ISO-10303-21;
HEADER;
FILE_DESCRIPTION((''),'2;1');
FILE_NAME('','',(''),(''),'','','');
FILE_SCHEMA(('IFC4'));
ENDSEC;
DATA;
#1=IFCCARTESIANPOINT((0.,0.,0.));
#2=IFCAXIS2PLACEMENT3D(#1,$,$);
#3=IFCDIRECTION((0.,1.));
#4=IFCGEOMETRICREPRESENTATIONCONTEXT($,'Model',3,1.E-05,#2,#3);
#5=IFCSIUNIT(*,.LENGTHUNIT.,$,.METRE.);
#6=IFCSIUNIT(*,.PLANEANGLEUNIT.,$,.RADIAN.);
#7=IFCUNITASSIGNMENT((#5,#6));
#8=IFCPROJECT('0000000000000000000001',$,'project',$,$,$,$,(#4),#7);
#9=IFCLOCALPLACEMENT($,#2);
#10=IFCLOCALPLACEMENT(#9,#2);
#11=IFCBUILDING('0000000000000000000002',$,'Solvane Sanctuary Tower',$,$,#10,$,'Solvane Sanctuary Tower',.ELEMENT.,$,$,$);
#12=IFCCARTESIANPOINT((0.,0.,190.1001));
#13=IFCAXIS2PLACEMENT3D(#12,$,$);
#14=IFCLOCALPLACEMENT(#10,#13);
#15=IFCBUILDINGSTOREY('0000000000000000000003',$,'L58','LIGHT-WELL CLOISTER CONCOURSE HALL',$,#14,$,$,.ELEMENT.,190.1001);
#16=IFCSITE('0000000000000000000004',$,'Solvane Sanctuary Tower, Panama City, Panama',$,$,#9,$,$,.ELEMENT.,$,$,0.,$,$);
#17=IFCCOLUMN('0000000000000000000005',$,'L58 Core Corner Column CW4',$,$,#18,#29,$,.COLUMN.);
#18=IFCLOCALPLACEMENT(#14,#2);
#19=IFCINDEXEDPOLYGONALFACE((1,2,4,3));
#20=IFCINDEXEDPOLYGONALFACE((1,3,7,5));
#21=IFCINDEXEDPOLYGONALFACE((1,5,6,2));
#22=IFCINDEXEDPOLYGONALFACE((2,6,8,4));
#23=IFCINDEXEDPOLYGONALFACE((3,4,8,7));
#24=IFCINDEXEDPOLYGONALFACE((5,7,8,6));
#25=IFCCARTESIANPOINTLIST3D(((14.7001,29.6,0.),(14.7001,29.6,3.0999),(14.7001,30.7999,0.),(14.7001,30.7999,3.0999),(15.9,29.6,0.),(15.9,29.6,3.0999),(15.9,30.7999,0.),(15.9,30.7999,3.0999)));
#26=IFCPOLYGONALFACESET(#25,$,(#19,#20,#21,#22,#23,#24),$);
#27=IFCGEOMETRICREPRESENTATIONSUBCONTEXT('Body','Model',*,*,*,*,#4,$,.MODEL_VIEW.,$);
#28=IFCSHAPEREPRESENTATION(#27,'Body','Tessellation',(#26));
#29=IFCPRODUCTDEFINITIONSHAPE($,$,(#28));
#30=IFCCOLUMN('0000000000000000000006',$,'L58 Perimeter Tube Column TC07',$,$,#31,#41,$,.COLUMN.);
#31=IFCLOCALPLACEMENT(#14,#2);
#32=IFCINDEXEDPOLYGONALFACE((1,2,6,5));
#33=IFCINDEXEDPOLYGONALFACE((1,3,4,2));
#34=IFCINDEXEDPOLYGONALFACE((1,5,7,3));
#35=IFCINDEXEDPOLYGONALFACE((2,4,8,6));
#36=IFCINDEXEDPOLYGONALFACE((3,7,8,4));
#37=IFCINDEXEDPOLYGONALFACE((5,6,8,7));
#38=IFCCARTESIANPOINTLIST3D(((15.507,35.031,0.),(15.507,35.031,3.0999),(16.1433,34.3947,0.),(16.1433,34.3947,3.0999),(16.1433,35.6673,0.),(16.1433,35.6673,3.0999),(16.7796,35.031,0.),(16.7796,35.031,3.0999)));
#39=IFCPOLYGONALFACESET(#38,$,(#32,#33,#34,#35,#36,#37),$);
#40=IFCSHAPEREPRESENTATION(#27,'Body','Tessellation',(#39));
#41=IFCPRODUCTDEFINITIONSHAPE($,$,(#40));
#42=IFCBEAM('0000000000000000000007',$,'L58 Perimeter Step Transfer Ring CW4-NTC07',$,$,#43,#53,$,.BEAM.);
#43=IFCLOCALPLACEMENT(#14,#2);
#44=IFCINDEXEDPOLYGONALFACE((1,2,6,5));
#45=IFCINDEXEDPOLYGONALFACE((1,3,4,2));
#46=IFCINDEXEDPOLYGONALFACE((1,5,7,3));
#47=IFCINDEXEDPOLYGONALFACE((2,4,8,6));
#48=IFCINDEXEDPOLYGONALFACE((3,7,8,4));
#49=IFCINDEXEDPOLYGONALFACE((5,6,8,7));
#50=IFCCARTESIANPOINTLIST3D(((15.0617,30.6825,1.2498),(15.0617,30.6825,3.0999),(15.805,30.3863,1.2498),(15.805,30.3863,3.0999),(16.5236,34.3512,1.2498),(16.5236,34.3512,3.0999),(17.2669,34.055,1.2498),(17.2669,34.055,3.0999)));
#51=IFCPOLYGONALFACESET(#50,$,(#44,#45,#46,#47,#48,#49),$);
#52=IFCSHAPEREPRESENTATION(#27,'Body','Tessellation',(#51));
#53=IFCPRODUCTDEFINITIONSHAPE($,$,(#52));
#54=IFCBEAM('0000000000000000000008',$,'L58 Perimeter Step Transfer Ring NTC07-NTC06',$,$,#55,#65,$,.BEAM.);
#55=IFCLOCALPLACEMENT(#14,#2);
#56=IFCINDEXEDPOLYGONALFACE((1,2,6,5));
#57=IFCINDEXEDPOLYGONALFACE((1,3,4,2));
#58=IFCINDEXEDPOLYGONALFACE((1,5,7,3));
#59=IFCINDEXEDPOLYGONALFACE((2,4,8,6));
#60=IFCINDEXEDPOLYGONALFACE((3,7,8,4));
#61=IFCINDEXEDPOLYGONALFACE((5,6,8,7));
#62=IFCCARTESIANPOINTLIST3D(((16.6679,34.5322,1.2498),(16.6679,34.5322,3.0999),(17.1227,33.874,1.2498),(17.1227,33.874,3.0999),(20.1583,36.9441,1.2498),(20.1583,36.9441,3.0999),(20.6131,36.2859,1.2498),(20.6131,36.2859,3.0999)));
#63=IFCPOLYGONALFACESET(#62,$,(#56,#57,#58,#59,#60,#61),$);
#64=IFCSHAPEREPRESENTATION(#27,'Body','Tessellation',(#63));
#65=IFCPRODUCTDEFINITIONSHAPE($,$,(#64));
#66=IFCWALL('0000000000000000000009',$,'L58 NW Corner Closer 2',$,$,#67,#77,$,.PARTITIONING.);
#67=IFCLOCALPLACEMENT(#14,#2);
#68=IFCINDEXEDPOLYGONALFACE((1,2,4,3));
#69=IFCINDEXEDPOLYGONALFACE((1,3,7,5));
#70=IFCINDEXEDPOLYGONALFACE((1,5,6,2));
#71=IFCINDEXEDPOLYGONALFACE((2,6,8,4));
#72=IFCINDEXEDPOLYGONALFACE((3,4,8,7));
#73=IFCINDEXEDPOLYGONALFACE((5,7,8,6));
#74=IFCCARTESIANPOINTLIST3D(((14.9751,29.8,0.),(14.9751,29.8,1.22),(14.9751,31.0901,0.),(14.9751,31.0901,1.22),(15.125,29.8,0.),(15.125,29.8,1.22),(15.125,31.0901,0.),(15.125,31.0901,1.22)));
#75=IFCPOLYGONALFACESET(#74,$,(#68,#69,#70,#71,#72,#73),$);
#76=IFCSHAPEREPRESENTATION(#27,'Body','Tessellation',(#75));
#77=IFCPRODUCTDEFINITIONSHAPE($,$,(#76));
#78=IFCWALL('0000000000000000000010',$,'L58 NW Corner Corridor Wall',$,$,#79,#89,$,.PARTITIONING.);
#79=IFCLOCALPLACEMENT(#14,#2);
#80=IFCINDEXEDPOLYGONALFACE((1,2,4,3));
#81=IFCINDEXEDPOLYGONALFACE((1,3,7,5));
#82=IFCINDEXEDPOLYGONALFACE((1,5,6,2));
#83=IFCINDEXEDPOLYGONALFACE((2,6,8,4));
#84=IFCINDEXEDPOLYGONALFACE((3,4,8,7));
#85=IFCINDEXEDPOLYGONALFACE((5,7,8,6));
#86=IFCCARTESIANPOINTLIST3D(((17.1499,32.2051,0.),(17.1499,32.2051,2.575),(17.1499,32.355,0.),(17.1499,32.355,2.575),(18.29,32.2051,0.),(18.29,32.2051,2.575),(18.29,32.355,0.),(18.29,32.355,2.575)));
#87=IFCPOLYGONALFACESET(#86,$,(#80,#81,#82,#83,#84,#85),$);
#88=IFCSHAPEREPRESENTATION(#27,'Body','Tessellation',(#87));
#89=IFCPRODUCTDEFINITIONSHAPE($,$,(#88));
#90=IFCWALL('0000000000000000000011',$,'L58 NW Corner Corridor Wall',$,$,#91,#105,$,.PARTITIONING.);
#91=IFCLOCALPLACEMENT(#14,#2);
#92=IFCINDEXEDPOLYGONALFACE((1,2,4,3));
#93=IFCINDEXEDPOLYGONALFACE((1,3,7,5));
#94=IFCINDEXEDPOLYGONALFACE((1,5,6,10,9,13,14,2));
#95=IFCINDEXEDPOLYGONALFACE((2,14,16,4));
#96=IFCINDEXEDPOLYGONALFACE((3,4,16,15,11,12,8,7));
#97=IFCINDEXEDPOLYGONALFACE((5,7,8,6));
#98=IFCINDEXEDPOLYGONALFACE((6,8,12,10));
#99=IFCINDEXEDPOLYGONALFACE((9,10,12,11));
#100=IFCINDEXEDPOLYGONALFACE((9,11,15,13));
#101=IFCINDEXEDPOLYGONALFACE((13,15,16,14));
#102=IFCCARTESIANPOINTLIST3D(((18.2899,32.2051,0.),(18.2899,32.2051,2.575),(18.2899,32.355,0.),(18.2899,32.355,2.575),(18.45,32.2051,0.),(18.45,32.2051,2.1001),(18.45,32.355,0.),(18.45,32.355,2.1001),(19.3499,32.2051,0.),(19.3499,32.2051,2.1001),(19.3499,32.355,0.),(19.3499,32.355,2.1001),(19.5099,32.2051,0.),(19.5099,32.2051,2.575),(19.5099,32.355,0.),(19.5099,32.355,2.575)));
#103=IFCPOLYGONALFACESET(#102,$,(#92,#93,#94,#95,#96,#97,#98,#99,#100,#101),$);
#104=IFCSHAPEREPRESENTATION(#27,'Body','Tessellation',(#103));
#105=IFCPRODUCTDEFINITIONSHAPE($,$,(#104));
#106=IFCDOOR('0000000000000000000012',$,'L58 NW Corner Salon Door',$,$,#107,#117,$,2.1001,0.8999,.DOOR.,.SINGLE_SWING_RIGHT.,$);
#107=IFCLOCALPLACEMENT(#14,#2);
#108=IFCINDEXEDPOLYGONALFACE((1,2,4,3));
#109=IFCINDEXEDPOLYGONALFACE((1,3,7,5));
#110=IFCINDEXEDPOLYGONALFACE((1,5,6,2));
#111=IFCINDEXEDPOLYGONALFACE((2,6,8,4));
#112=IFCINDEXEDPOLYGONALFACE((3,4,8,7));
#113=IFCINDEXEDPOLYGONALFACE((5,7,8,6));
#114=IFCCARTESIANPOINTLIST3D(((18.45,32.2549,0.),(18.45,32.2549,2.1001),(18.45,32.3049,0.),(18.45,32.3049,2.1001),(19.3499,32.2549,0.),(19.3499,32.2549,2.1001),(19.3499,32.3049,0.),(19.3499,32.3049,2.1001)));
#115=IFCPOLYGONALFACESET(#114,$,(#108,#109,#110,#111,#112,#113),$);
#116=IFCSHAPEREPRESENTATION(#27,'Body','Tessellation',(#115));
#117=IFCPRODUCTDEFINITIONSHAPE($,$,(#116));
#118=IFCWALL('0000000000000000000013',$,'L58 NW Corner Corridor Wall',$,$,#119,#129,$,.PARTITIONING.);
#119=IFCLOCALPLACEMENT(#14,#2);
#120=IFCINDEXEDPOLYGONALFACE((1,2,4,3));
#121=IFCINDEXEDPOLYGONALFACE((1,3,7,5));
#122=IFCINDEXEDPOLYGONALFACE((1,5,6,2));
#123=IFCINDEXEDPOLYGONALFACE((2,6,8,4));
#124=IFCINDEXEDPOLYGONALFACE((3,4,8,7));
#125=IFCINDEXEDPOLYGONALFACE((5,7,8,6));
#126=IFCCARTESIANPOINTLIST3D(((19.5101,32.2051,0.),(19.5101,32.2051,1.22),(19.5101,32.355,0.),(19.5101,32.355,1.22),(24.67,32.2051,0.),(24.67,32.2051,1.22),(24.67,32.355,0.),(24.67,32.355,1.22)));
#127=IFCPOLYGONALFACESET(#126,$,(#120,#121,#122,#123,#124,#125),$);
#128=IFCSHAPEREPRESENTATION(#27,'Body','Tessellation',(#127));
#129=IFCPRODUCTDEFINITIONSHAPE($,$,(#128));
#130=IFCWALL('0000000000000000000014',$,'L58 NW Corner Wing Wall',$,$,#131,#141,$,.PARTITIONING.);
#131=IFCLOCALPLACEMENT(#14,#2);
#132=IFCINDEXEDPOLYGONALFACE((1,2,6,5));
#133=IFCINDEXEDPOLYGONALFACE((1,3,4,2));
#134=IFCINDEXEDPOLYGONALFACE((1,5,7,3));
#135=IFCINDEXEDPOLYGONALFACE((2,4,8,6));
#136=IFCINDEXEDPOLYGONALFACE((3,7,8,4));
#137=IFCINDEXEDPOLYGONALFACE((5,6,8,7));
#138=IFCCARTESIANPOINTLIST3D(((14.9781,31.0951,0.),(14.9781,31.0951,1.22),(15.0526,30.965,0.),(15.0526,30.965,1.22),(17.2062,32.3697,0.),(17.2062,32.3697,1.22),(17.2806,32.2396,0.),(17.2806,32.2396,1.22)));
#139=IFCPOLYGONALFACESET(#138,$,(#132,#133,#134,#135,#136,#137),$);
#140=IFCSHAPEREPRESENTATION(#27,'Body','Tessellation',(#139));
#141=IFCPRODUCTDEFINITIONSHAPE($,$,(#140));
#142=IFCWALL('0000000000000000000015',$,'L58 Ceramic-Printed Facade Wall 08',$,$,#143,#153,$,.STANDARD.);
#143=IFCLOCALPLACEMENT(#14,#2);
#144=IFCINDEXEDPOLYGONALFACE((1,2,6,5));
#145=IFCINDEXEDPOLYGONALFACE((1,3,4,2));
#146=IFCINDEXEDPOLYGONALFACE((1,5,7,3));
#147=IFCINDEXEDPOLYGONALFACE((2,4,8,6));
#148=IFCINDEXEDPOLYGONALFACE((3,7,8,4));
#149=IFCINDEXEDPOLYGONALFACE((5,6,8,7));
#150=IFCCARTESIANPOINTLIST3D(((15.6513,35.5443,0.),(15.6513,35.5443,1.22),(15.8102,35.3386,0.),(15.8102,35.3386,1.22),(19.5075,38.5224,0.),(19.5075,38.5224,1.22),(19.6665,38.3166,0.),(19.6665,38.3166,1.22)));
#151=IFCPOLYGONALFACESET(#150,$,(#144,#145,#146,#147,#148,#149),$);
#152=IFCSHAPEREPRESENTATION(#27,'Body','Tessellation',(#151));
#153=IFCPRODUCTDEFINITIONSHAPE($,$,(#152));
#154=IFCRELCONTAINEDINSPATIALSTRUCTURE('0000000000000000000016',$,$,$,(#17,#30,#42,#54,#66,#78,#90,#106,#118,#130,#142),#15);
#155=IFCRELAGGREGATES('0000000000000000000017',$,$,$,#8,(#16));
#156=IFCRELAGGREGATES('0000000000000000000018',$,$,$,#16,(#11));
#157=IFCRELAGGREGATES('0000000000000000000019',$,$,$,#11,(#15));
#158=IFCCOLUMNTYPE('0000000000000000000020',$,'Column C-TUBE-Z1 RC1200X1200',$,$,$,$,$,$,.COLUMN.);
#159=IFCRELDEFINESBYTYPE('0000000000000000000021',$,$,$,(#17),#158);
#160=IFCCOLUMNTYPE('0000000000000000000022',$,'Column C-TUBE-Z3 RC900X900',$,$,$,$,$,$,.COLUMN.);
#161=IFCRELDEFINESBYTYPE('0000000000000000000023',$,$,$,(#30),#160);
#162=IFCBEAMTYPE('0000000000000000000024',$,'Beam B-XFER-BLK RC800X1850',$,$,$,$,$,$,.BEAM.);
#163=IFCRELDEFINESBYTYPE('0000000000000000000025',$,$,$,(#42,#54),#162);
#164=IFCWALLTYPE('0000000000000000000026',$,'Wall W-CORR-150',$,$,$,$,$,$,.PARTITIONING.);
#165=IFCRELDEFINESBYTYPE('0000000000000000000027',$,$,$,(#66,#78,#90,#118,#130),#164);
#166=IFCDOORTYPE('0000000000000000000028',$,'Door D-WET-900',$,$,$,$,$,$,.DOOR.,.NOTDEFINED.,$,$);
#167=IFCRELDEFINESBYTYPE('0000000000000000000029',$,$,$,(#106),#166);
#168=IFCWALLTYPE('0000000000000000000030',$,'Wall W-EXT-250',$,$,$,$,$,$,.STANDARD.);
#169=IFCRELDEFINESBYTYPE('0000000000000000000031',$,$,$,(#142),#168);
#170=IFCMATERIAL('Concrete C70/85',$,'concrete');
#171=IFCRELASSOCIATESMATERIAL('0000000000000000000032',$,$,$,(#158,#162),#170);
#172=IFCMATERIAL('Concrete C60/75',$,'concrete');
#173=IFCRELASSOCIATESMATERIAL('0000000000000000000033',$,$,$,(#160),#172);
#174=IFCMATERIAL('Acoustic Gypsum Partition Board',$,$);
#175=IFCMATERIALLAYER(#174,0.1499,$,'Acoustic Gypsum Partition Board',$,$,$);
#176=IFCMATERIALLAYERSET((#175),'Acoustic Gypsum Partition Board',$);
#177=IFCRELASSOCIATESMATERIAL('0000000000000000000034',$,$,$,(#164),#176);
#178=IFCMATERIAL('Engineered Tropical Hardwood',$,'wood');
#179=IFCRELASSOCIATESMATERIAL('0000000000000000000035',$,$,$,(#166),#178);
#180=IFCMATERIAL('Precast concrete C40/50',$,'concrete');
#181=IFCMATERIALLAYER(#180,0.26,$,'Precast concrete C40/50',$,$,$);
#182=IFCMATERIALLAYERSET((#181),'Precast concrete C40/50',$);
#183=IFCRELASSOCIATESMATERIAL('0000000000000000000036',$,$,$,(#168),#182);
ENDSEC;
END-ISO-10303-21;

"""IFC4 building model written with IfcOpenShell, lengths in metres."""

from ifc_helpers import new_model, si_unit, direction, frame, frame_2d, origin, origin_2d, place, context, subcontext, project, spatial, rectangle, extrude, material, layer, layer_set, material_profile, profile_set, type_object, element, fill, save


model = new_model("IFC4")

# Units and contexts
model_context = context("Model", 3, precision=1e-05, world=origin(), true_north=direction((0.0, 1.0)))
body_context = subcontext(model_context, "Body", "Model", "MODEL_VIEW")
ifc_project = project(units=[si_unit("LENGTHUNIT", "METRE"), si_unit("PLANEANGLEUNIT", "RADIAN")], contexts=[model_context])

# Site, building, storey
site_placement = place(None, origin())
site = spatial("IfcSite", under=ifc_project, at=site_placement, Name="Solvane Sanctuary Tower, Panama City, Panama", CompositionType="ELEMENT", RefElevation=0.0)
building_placement = place(site_placement, origin())
building = spatial("IfcBuilding", under=site, at=building_placement, Name="Solvane Sanctuary Tower", LongName="Solvane Sanctuary Tower", CompositionType="ELEMENT")
storey_placement = place(building_placement, frame((0.0, 0.0, 190.1001)))
storey = spatial("IfcBuildingStorey", under=building, at=storey_placement, Name="L58", Description="LIGHT-WELL CLOISTER CONCOURSE HALL", CompositionType="ELEMENT", Elevation=190.1001)

# Columns
ifc_material_1 = material(Name="Concrete C70/85", Category="concrete")
ifc_material_profile_1 = material_profile(ifc_material_1, rectangle(XDim=1.2, YDim=1.2, at=origin_2d()), Name="RC1200X1200")
ifc_profile_set_1 = profile_set([ifc_material_profile_1], Name="Concrete C70/85")
column_type_1 = type_object("IfcColumnType", Name="Column C-TUBE-Z1 RC1200X1200", PredefinedType="COLUMN", material=ifc_profile_set_1)
column_1_placement = place(storey_placement, frame((15.3, 30.2, 0.0), z_axis=(0.0, 0.0, 1.0), x_axis=(1.0, 0.0, 0.0)))
element("IfcColumn", 1, at=column_1_placement, inside=storey, type_object=column_type_1, Name="L58 Core Corner Column CW4", PredefinedType="COLUMN", context=body_context, shape_type="SweptSolid", body=[
    extrude(rectangle(XDim=1.2, YDim=1.2, at=origin_2d()), origin(), (0.0, 0.0, 1.0), 3.0999),
])
ifc_material_2 = material(Name="Concrete C60/75", Category="concrete")
ifc_material_profile_2 = material_profile(ifc_material_2, rectangle(XDim=0.8999, YDim=0.8999, at=origin_2d()), Name="RC900X900")
ifc_profile_set_2 = profile_set([ifc_material_profile_2], Name="Concrete C60/75")
column_type_2 = type_object("IfcColumnType", Name="Column C-TUBE-Z3 RC900X900", PredefinedType="COLUMN", material=ifc_profile_set_2)
column_2_placement = place(storey_placement, frame((16.1433, 35.031, 0.0), z_axis=(0.0, 0.0, 1.0), x_axis=(-0.707107, 0.707107, 0.0)))
element("IfcColumn", 2, at=column_2_placement, inside=storey, type_object=column_type_2, Name="L58 Perimeter Tube Column TC07", PredefinedType="COLUMN", context=body_context, shape_type="SweptSolid", body=[
    extrude(rectangle(XDim=0.8999, YDim=0.8999, at=origin_2d()), origin(), (0.0, 0.0, 1.0), 3.0999),
])

# Beams
ifc_material_profile_3 = material_profile(ifc_material_1, rectangle(XDim=0.8, YDim=1.8501, at=origin_2d()), Name="RC800X1850")
ifc_profile_set_3 = profile_set([ifc_material_profile_3], Name="Concrete C70/85")
beam_type = type_object("IfcBeamType", Name="Beam B-XFER-BLK RC800X1850", PredefinedType="BEAM", material=ifc_profile_set_3)
beam_1_placement = place(storey_placement, frame((15.4333, 30.5344, 2.1748), z_axis=(0.370175, 0.928962, 0.0), x_axis=(-0.928962, 0.370175, 0.0)))
element("IfcBeam", 3, at=beam_1_placement, inside=storey, type_object=beam_type, Name="L58 Perimeter Step Transfer Ring CW4-NTC07", PredefinedType="BEAM", context=body_context, shape_type="SweptSolid", body=[
    extrude(rectangle(XDim=0.8, YDim=1.8501, at=origin_2d()), origin(), (0.0, 0.0, 1.0), 3.9492),
])
beam_2_placement = place(storey_placement, frame((16.8953, 34.2031, 2.1748), z_axis=(0.822701, 0.568474, 0.0), x_axis=(-0.568474, 0.822701, 0.0)))
element("IfcBeam", 4, at=beam_2_placement, inside=storey, type_object=beam_type, Name="L58 Perimeter Step Transfer Ring NTC07-NTC06", PredefinedType="BEAM", context=body_context, shape_type="SweptSolid", body=[
    extrude(rectangle(XDim=0.8, YDim=1.8501, at=origin_2d()), origin(), (0.0, 0.0, 1.0), 4.2427),
])

# Walls
ifc_material_3 = material(Name="Acoustic Gypsum Partition Board")
ifc_layer_1 = layer(ifc_material_3, 0.1499, Name="Acoustic Gypsum Partition Board")
ifc_layer_set_1 = layer_set([ifc_layer_1], Name="Acoustic Gypsum Partition Board")
wall_type_1 = type_object("IfcWallType", Name="Wall W-CORR-150", PredefinedType="PARTITIONING", material=ifc_layer_set_1)
wall_1_placement = place(storey_placement, frame((15.05, 29.8, 0.0), z_axis=(0.0, 0.0, 1.0), x_axis=(0.0, 1.0, 0.0)))
element("IfcWall", 5, at=wall_1_placement, inside=storey, type_object=wall_type_1, Name="L58 NW Corner Closer 2", PredefinedType="PARTITIONING", context=body_context, shape_type="SweptSolid", body=[
    extrude(rectangle(XDim=1.29, YDim=0.1499, at=frame_2d((0.645, 0.0))), origin(), (0.0, 0.0, 1.0), 1.22),
])
wall_2_placement = place(storey_placement, frame((17.1499, 32.28, 0.0), z_axis=(0.0, 0.0, 1.0), x_axis=(1.0, 0.0, 0.0)))
element("IfcWall", 6, at=wall_2_placement, inside=storey, type_object=wall_type_1, Name="L58 NW Corner Corridor Wall", PredefinedType="PARTITIONING", context=body_context, shape_type="SweptSolid", body=[
    extrude(rectangle(XDim=1.1401, YDim=0.1499, at=frame_2d((0.5701, 0.0))), origin(), (0.0, 0.0, 1.0), 2.575),
])

# Wall, opening, door
wall_3_placement = place(storey_placement, frame((18.29, 32.28, 0.0), z_axis=(0.0, 0.0, 1.0), x_axis=(1.0, 0.0, 0.0)))
wall_3 = element("IfcWall", 7, at=wall_3_placement, inside=storey, type_object=wall_type_1, Name="L58 NW Corner Corridor Wall", PredefinedType="PARTITIONING", context=body_context, shape_type="SweptSolid", body=[
    extrude(rectangle(XDim=1.22, YDim=0.1499, at=frame_2d((0.6099, 0.0))), origin(), (0.0, 0.0, 1.0), 2.575),
])
opening_1_placement = place(wall_3_placement, frame((0.1599, 0.0, 0.0)))
opening_1 = element("IfcOpeningElement", 8, at=opening_1_placement, cuts=wall_3, PredefinedType="OPENING", context=body_context, shape_type="SweptSolid", body=[
    extrude(rectangle(XDim=0.8999, YDim=2.1001, at=frame_2d((0.45, 1.05))), frame((0.0, 0.085, 0.0), z_axis=(0.0, -1.0, 0.0), x_axis=(1.0, 0.0, 0.0)), (0.0, 0.0, 1.0), 0.1699),
])
ifc_material_4 = material(Name="Engineered Tropical Hardwood", Category="wood")
door_type_1 = type_object("IfcDoorType", Name="Door D-WET-900", OperationType="NOTDEFINED", PredefinedType="DOOR", material=ifc_material_4)
door_1_placement = place(opening_1_placement, origin())
door_1 = element("IfcDoor", 9, at=door_1_placement, inside=storey, type_object=door_type_1, Name="L58 NW Corner Salon Door", OperationType="SINGLE_SWING_RIGHT", OverallHeight=2.1001, OverallWidth=0.8999, PredefinedType="DOOR", context=body_context, shape_type="SweptSolid", body=[
    extrude(rectangle(XDim=0.8999, YDim=2.1001, at=frame_2d((0.45, 1.05))), frame((0.0, 0.0249, 0.0), z_axis=(0.0, -1.0, 0.0), x_axis=(1.0, 0.0, 0.0)), (0.0, 0.0, 1.0), 0.05),
])
fill(opening_1, door_1)

# Walls
wall_4_placement = place(storey_placement, frame((19.51, 32.28, 0.0), z_axis=(0.0, 0.0, 1.0), x_axis=(1.0, 0.0, 0.0)))
element("IfcWall", 10, at=wall_4_placement, inside=storey, type_object=wall_type_1, Name="L58 NW Corner Corridor Wall", PredefinedType="PARTITIONING", context=body_context, shape_type="SweptSolid", body=[
    extrude(rectangle(XDim=5.1599, YDim=0.1499, at=frame_2d((2.5801, 0.0))), origin(), (0.0, 0.0, 1.0), 1.22),
])
wall_5_placement = place(storey_placement, frame((17.2434, 32.3047, 0.0), z_axis=(0.0, 0.0, 1.0), x_axis=(-0.867991, -0.496579, 0.0)))
element("IfcWall", 11, at=wall_5_placement, inside=storey, type_object=wall_type_1, Name="L58 NW Corner Wing Wall", PredefinedType="PARTITIONING", context=body_context, shape_type="SweptSolid", body=[
    extrude(rectangle(XDim=2.5669, YDim=0.1499, at=frame_2d((1.2834, 0.0))), origin(), (0.0, 0.0, 1.0), 1.22),
])
ifc_material_5 = material(Name="Precast concrete C40/50", Category="concrete")
ifc_layer_2 = layer(ifc_material_5, 0.26, Name="Precast concrete C40/50")
ifc_layer_set_2 = layer_set([ifc_layer_2], Name="Precast concrete C40/50")
wall_type_2 = type_object("IfcWallType", Name="Wall W-EXT-250", PredefinedType="STANDARD", material=ifc_layer_set_2)
wall_6_placement = place(storey_placement, frame((19.5869, 38.4194, 0.0), z_axis=(0.0, 0.0, 1.0), x_axis=(-0.79146, -0.611221, 0.0)))
element("IfcWall", 12, at=wall_6_placement, inside=storey, type_object=wall_type_2, Name="L58 Ceramic-Printed Facade Wall 08", PredefinedType="STANDARD", context=body_context, shape_type="SweptSolid", body=[
    extrude(rectangle(XDim=4.8723, YDim=0.26, at=frame_2d((2.436, 0.0))), origin(), (0.0, 0.0, 1.0), 1.22),
])

save(model, "model.ifc")
